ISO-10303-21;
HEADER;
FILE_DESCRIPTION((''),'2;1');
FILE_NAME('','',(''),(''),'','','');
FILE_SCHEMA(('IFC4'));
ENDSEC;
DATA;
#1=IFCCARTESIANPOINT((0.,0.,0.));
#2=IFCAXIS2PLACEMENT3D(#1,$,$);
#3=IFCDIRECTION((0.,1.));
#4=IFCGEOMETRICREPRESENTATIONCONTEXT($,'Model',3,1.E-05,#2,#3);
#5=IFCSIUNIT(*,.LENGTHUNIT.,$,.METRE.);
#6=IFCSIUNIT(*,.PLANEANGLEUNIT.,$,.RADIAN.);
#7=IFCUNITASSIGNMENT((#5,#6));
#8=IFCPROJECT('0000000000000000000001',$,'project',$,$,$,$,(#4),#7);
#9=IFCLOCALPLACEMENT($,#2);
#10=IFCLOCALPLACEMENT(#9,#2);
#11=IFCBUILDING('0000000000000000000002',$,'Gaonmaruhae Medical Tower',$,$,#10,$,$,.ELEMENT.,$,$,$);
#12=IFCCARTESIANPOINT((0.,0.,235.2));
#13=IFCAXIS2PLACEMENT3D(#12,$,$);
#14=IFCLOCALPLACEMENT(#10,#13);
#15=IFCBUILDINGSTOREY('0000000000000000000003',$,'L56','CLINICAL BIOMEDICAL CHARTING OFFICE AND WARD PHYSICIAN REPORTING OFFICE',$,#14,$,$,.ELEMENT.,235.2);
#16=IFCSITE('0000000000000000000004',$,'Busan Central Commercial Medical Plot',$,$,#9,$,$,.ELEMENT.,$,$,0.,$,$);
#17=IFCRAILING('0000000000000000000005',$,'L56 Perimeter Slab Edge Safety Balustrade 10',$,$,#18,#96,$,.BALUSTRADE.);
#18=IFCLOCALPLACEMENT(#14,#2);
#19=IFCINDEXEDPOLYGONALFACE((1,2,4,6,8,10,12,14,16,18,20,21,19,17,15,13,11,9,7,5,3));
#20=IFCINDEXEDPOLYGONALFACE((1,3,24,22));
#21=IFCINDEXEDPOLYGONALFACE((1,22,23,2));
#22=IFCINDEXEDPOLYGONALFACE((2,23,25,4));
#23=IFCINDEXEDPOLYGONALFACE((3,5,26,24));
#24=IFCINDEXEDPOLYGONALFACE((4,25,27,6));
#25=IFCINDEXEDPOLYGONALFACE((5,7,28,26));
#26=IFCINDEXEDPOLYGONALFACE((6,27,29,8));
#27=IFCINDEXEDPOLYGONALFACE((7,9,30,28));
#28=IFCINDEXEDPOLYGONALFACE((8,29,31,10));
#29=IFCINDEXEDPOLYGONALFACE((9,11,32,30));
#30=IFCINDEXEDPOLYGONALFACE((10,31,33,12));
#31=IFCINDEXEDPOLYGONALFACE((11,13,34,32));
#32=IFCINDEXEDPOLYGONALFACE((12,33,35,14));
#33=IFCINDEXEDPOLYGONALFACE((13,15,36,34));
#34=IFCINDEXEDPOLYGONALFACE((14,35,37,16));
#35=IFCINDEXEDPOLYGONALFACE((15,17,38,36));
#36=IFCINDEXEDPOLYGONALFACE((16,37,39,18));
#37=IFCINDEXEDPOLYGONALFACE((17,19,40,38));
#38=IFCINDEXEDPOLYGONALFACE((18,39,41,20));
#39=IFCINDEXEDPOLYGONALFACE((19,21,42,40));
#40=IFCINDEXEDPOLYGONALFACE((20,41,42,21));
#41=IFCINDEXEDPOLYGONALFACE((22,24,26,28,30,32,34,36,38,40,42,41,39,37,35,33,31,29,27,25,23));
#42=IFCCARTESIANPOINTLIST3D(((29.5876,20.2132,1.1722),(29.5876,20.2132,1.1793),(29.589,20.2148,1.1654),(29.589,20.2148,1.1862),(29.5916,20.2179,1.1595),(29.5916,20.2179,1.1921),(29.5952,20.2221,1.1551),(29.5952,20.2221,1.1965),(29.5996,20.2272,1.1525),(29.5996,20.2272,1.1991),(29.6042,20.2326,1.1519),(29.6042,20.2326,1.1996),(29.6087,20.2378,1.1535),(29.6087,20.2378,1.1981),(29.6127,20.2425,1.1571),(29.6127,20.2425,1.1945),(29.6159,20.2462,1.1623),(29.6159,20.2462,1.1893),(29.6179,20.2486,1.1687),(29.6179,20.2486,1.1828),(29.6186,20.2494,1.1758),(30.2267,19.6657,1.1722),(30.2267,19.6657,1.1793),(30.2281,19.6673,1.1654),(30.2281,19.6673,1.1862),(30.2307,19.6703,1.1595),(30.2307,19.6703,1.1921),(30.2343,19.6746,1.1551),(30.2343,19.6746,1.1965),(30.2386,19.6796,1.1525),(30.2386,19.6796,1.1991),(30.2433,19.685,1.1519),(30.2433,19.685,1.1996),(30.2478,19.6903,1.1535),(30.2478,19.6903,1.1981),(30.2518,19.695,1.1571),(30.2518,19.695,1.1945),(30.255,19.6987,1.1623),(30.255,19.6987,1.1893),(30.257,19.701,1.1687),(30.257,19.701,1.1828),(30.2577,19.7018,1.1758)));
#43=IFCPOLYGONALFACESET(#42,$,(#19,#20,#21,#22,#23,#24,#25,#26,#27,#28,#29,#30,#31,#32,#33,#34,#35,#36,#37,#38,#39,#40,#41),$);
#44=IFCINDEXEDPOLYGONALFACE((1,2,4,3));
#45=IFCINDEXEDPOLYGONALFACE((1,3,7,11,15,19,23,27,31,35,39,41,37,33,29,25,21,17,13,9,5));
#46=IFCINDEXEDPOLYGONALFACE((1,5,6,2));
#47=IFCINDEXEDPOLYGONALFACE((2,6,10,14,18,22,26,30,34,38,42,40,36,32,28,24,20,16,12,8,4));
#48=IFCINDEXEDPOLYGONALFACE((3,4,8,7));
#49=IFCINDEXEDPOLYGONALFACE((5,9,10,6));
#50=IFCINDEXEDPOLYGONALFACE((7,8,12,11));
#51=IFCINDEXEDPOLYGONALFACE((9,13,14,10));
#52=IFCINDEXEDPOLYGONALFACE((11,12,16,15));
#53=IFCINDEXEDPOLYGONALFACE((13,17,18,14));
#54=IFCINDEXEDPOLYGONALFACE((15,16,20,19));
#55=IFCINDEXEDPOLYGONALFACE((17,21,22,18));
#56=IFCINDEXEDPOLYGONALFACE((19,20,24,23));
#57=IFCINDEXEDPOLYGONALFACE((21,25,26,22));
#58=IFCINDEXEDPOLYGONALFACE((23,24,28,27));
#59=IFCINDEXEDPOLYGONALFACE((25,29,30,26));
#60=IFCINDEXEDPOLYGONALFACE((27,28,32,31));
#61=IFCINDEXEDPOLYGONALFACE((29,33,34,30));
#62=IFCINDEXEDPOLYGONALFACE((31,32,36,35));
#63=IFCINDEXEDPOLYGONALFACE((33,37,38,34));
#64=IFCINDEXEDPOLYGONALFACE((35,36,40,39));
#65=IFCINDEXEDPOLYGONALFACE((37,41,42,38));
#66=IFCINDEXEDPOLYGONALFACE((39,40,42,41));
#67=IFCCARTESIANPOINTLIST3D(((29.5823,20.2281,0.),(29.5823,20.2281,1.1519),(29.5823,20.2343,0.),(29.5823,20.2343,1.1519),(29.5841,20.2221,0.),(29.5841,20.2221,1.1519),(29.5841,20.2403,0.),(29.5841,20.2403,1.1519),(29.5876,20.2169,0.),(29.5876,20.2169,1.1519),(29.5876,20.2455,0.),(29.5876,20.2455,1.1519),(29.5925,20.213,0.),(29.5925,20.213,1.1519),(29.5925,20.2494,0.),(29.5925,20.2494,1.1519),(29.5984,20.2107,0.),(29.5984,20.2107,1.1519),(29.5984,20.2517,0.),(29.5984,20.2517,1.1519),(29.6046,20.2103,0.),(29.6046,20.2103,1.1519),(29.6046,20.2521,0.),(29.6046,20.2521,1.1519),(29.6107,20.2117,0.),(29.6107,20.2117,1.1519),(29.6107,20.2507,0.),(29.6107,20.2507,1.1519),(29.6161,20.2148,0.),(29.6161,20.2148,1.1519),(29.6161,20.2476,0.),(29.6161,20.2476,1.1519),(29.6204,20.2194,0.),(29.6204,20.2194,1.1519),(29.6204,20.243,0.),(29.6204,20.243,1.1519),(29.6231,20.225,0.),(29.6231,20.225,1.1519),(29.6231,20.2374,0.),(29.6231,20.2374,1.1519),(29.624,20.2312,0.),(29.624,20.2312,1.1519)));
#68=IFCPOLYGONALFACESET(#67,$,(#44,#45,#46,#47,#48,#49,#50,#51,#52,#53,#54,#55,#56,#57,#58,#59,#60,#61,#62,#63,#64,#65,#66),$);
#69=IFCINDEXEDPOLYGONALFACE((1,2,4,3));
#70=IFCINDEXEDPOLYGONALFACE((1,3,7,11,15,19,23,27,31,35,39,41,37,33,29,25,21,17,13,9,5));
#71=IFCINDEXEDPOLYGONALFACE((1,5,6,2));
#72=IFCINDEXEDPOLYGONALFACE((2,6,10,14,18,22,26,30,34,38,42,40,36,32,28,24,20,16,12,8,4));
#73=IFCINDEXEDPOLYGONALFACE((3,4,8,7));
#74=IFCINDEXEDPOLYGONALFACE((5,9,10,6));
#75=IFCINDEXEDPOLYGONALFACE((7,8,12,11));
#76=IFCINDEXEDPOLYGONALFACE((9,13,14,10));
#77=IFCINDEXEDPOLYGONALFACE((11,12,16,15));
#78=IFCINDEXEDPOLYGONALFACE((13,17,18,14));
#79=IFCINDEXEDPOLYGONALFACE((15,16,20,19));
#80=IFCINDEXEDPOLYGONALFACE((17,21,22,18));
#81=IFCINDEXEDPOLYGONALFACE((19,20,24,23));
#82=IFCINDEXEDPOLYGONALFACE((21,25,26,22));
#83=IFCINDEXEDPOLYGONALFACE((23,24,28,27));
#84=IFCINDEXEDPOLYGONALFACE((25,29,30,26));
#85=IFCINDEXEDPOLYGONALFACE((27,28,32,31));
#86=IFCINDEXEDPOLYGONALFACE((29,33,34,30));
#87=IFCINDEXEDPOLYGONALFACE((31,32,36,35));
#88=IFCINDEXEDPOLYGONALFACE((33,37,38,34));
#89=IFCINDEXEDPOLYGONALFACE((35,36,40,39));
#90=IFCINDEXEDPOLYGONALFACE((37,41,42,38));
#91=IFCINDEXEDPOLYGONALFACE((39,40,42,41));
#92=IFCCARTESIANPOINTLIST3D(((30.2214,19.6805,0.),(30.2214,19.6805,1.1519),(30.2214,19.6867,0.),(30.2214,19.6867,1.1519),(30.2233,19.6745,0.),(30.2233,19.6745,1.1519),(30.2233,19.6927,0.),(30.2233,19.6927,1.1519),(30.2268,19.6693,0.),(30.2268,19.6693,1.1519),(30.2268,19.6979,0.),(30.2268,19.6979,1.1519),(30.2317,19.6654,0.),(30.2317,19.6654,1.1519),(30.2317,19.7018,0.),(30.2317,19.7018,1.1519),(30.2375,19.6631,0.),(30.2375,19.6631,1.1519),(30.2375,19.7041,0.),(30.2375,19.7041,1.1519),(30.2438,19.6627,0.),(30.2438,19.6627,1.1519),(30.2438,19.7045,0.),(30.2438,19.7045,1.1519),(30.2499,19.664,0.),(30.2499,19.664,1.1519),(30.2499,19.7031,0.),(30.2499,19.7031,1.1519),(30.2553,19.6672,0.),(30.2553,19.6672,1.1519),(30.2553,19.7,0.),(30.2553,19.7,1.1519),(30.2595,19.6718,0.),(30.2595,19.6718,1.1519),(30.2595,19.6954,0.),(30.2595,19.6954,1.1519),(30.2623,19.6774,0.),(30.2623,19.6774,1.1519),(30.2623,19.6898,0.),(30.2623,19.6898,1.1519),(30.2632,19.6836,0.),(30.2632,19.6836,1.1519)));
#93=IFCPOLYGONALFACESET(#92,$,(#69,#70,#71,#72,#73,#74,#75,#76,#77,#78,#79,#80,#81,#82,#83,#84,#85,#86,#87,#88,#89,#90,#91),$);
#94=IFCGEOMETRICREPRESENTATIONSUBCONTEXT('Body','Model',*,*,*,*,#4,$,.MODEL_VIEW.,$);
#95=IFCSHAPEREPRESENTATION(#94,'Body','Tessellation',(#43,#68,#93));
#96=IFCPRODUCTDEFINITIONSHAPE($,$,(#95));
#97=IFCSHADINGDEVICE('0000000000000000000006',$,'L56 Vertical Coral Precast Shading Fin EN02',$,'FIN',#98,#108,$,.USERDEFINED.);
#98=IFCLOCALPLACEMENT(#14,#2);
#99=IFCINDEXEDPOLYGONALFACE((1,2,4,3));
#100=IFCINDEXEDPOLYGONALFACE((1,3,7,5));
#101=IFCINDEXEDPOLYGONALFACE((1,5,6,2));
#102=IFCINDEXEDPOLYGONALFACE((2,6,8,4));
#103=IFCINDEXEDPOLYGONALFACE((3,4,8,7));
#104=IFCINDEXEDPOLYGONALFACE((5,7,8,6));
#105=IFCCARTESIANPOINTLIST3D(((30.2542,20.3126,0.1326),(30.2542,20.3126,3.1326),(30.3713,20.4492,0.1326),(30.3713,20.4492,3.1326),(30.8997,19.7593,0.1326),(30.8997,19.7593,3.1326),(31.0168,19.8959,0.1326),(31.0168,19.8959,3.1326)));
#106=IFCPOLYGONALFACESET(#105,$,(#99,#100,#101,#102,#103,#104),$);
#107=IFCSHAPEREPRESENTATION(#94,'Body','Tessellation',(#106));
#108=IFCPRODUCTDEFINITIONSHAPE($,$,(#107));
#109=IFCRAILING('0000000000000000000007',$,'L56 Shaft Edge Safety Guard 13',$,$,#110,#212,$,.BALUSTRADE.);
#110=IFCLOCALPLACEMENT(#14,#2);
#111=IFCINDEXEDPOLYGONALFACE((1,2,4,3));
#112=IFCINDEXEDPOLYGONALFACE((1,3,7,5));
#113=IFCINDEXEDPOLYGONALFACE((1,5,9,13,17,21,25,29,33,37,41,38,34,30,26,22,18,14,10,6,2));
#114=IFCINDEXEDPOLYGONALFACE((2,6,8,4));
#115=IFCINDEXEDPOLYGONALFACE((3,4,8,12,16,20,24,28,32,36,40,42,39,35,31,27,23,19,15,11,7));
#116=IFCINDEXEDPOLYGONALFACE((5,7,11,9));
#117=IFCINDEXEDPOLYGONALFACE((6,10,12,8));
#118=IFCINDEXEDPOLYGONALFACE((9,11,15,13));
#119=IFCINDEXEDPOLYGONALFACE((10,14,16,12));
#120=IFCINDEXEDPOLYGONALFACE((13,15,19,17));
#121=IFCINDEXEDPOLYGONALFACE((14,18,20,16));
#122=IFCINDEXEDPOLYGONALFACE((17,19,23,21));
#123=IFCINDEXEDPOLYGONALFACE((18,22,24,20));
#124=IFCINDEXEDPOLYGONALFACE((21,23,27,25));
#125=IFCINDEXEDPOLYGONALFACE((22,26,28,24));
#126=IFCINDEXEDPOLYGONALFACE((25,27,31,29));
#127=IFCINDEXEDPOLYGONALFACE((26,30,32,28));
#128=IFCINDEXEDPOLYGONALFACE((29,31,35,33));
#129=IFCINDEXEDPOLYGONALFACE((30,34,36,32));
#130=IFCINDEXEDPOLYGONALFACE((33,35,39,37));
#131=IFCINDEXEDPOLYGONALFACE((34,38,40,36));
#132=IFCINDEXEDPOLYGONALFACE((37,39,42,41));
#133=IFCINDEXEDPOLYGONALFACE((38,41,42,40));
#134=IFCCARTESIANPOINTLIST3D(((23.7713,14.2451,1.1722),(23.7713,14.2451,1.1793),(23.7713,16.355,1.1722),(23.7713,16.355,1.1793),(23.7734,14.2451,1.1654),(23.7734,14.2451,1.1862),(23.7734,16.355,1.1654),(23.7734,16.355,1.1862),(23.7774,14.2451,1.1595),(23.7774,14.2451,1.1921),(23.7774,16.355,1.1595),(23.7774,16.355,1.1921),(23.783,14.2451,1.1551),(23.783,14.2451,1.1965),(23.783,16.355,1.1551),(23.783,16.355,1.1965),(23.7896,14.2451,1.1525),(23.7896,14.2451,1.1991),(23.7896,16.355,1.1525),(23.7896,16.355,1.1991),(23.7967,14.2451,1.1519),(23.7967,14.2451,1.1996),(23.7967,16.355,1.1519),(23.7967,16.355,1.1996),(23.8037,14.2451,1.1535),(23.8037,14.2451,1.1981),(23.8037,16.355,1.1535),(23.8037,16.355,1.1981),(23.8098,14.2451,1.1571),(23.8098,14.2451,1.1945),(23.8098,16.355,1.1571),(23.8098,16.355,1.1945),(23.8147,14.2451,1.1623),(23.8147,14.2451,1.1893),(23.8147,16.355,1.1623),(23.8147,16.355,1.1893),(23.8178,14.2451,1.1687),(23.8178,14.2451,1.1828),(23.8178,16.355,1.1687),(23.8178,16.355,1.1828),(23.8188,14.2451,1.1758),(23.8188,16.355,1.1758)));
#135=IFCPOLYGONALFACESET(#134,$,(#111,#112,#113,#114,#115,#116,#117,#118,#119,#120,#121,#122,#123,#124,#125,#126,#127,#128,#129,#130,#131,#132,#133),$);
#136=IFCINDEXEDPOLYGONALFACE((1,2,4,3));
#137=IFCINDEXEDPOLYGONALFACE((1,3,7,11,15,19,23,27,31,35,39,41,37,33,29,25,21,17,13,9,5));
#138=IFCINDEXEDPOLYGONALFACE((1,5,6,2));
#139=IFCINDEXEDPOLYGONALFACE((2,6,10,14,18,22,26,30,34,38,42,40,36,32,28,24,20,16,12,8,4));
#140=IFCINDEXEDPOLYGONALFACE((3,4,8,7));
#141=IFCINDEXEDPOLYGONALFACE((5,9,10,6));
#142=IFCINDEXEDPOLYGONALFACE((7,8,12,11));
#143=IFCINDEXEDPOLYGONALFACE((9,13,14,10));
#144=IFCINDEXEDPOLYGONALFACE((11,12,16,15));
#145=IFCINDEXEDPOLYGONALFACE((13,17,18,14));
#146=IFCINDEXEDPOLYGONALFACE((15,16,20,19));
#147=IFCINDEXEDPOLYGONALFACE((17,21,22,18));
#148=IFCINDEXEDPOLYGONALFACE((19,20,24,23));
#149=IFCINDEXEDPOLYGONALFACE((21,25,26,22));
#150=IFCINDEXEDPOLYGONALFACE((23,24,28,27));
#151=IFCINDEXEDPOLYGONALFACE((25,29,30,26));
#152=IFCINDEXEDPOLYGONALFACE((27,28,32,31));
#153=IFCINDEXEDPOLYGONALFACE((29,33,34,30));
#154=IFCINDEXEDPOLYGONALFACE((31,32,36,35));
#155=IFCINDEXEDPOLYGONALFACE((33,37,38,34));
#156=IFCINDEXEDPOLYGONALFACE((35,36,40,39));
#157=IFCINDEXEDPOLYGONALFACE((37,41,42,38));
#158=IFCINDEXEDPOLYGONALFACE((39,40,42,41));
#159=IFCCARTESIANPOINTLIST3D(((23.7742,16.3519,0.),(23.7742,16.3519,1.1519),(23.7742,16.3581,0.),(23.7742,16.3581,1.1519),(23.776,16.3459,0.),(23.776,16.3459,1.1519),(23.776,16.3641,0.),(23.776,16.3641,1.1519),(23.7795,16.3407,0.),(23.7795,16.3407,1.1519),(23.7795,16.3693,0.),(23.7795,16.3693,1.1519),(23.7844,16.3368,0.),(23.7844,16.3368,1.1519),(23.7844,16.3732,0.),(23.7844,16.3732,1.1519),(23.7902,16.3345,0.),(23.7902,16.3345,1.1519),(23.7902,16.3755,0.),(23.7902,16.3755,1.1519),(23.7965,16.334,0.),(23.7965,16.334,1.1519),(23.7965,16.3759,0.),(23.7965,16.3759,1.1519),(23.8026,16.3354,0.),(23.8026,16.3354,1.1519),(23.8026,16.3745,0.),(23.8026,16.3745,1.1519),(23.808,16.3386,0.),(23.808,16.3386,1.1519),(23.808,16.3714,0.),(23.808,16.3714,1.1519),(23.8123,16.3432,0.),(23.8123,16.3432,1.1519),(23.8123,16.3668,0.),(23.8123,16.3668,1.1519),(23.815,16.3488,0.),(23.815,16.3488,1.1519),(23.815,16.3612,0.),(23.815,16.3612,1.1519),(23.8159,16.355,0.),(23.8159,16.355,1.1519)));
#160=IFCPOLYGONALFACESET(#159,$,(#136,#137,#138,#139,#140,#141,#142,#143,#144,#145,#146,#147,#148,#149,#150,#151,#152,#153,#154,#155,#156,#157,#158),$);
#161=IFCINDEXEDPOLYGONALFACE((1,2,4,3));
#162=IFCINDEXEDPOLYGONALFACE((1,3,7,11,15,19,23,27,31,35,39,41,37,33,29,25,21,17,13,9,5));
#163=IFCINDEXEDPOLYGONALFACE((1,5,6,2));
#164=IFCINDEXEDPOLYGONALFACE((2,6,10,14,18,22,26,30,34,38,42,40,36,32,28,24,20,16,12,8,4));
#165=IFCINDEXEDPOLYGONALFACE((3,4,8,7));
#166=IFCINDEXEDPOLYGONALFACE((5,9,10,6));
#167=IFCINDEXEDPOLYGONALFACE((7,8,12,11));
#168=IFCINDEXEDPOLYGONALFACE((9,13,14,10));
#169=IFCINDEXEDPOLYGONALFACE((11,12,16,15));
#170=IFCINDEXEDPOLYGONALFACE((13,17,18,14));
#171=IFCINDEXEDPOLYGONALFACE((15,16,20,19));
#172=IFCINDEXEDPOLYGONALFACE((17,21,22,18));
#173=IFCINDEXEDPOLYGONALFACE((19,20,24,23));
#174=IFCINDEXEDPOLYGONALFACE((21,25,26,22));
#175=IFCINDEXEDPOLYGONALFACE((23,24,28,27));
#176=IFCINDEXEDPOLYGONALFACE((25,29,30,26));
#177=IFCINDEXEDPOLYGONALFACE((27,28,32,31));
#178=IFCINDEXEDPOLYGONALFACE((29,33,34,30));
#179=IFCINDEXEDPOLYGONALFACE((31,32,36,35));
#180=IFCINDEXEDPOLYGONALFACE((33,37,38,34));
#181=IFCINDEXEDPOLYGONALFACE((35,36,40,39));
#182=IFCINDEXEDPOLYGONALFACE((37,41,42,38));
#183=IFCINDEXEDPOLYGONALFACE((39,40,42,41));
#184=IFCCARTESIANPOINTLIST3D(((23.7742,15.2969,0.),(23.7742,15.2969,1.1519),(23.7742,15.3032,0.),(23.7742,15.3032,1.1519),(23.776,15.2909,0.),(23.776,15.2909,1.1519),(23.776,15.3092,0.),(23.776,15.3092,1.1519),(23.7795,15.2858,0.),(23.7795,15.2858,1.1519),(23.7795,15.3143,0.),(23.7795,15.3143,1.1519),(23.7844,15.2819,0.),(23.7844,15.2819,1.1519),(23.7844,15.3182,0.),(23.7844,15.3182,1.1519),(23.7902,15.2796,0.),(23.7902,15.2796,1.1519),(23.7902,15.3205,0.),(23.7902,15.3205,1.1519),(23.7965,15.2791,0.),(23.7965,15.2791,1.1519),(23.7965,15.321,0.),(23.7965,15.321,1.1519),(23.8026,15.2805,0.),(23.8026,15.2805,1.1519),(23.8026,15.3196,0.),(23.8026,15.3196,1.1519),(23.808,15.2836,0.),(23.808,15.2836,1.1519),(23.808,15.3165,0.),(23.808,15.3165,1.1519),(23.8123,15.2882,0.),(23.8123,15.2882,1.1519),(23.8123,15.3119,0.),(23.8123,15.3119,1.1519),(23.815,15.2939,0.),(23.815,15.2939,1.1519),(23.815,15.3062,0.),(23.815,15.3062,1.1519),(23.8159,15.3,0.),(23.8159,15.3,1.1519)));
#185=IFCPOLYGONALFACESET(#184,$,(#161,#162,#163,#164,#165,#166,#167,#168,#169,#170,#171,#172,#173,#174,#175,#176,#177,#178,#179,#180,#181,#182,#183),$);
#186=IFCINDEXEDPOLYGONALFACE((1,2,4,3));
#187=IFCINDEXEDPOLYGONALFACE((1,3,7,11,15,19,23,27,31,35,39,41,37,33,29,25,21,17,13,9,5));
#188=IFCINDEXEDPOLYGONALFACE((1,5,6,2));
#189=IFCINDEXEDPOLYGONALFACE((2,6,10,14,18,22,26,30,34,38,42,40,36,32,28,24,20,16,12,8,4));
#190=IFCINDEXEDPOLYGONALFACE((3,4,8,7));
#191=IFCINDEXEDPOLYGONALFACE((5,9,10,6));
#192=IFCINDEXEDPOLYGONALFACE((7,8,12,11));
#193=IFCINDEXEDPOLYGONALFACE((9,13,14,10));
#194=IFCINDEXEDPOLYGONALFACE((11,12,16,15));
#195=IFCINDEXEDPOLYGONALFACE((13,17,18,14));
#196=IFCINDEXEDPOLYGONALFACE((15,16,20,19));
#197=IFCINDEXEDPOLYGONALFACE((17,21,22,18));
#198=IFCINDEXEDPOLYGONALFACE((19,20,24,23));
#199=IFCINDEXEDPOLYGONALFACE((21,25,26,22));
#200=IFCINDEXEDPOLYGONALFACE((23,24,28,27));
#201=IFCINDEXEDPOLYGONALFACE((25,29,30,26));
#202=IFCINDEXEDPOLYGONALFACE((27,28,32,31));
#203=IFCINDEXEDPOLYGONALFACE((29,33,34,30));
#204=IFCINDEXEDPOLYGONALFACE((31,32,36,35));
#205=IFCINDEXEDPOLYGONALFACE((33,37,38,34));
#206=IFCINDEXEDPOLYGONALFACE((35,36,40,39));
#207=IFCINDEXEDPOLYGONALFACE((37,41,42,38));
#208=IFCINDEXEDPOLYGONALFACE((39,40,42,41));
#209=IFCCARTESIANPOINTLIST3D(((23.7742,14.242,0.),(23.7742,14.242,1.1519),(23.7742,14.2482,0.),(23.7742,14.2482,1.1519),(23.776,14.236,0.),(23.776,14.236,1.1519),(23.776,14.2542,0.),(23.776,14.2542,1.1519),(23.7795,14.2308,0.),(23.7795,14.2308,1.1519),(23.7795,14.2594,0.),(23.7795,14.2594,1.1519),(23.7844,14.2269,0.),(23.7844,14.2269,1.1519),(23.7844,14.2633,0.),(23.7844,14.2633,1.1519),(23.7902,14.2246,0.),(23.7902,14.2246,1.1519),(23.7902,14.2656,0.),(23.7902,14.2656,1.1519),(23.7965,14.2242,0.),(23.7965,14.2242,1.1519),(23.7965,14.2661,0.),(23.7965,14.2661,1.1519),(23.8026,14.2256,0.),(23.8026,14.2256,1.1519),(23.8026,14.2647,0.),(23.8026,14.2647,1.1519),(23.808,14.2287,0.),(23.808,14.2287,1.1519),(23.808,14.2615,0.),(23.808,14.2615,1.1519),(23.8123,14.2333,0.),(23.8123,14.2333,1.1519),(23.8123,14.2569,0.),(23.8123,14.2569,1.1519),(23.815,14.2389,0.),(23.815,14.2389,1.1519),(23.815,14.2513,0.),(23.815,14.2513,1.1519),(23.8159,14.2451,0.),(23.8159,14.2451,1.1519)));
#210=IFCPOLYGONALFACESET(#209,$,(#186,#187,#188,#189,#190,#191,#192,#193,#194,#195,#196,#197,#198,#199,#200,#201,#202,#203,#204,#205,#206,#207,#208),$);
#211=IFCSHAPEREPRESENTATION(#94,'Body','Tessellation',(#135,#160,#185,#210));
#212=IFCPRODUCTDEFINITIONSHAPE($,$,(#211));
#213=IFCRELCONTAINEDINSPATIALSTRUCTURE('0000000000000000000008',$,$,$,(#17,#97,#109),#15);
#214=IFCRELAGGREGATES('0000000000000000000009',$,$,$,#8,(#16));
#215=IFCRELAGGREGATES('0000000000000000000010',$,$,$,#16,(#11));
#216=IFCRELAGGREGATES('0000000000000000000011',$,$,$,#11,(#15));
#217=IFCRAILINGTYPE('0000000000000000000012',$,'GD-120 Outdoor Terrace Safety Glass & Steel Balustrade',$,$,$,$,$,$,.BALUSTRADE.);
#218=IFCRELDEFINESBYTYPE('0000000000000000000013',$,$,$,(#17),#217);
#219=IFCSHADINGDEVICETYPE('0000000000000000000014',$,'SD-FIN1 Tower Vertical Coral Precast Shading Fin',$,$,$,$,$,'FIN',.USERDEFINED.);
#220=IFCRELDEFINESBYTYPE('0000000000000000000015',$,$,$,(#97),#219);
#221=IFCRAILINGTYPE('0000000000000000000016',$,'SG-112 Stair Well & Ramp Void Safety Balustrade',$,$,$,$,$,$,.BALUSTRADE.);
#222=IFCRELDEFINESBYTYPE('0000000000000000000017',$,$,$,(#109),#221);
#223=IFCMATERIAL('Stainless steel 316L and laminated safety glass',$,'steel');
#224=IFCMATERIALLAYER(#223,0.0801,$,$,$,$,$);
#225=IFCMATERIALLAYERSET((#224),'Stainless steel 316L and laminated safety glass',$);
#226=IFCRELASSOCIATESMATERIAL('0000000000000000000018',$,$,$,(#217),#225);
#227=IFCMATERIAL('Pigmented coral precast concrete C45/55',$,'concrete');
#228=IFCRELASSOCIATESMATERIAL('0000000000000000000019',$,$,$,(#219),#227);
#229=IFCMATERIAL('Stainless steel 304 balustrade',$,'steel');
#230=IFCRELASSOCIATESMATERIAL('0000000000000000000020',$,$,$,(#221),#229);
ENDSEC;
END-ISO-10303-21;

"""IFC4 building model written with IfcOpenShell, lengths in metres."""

from ifc_helpers import new_model, si_unit, direction, frame, origin, origin_2d, place, context, subcontext, project, spatial, rectangle, circle, extrude, material, layer, layer_set, type_object, element, save


model = new_model("IFC4")

# Units and contexts
model_context = context("Model", 3, precision=1e-05, world=origin(), true_north=direction((0.0, 1.0)))
body_context = subcontext(model_context, "Body", "Model", "MODEL_VIEW")
ifc_project = project(units=[si_unit("LENGTHUNIT", "METRE"), si_unit("PLANEANGLEUNIT", "RADIAN")], contexts=[model_context])

# Site, building, storey
site_placement = place(None, origin())
site = spatial("IfcSite", under=ifc_project, at=site_placement, Name="Busan Central Commercial Medical Plot", CompositionType="ELEMENT", RefElevation=0.0)
building_placement = place(site_placement, origin())
building = spatial("IfcBuilding", under=site, at=building_placement, Name="Gaonmaruhae Medical Tower", CompositionType="ELEMENT")
storey_placement = place(building_placement, frame((0.0, 0.0, 235.2)))
storey = spatial("IfcBuildingStorey", under=building, at=storey_placement, Name="L56", Description="CLINICAL BIOMEDICAL CHARTING OFFICE AND WARD PHYSICIAN REPORTING OFFICE", CompositionType="ELEMENT", Elevation=235.2)

# Railing
ifc_material_1 = material(Name="Stainless steel 316L and laminated safety glass", Category="steel")
ifc_layer_1 = layer(ifc_material_1, 0.0801)
ifc_layer_set_1 = layer_set([ifc_layer_1], Name="Stainless steel 316L and laminated safety glass")
railing_type_1 = type_object("IfcRailingType", Name="GD-120 Outdoor Terrace Safety Glass & Steel Balustrade", PredefinedType="BALUSTRADE", material=ifc_layer_set_1)
railing_1_placement = place(storey_placement, frame((29.603, 20.2312, 0.0)))
element("IfcRailing", 1, at=railing_1_placement, inside=storey, type_object=railing_type_1, Name="L56 Perimeter Slab Edge Safety Balustrade 10", PredefinedType="BALUSTRADE", context=body_context, shape_type="SweptSolid", body=[
    extrude(circle(Radius=0.0239, at=origin_2d()), frame((0.0, 0.0, 1.1758), z_axis=(0.7594, -0.650624, 0.0), x_axis=(0.650624, 0.7594, 0.0)), (0.0, 0.0, 1.0), 0.8416),
    extrude(circle(Radius=0.021, at=origin_2d()), origin(), (0.0, 0.0, 1.0), 1.1519),
    extrude(circle(Radius=0.021, at=origin_2d()), frame((0.6392, -0.5476, 0.0)), (0.0, 0.0, 1.0), 1.1519),
])

# Shading device
ifc_material_2 = material(Name="Pigmented coral precast concrete C45/55", Category="concrete")
shading_device_type = type_object("IfcShadingDeviceType", Name="SD-FIN1 Tower Vertical Coral Precast Shading Fin", ElementType="FIN", PredefinedType="USERDEFINED", material=ifc_material_2)
shading_device_placement = place(storey_placement, frame((30.6355, 20.1042, 0.1326), z_axis=(0.0, 0.0, 1.0), x_axis=(0.650774, 0.759271, 0.0)))
element("IfcShadingDevice", 2, at=shading_device_placement, inside=storey, type_object=shading_device_type, Name="L56 Vertical Coral Precast Shading Fin EN02", ObjectType="FIN", PredefinedType="USERDEFINED", context=body_context, shape_type="SweptSolid", body=[
    extrude(rectangle(XDim=0.1799, YDim=0.8501, at=origin_2d()), origin(), (0.0, 0.0, 1.0), 3.0),
])

# Railing
ifc_material_3 = material(Name="Stainless steel 304 balustrade", Category="steel")
railing_type_2 = type_object("IfcRailingType", Name="SG-112 Stair Well & Ramp Void Safety Balustrade", PredefinedType="BALUSTRADE", material=ifc_material_3)
railing_2_placement = place(storey_placement, frame((23.7949, 16.355, 0.0)))
element("IfcRailing", 3, at=railing_2_placement, inside=storey, type_object=railing_type_2, Name="L56 Shaft Edge Safety Guard 13", PredefinedType="BALUSTRADE", context=body_context, shape_type="SweptSolid", body=[
    extrude(circle(Radius=0.0239, at=origin_2d()), frame((0.0, 0.0, 1.1758), z_axis=(0.0, -1.0, 0.0), x_axis=(1.0, 0.0, 0.0)), (0.0, 0.0, 1.0), 2.1099),
    extrude(circle(Radius=0.021, at=origin_2d()), origin(), (0.0, 0.0, 1.0), 1.1519),
    extrude(circle(Radius=0.021, at=origin_2d()), frame((0.0, -1.0549, 0.0)), (0.0, 0.0, 1.0), 1.1519),
    extrude(circle(Radius=0.021, at=origin_2d()), frame((0.0, -2.1099, 0.0)), (0.0, 0.0, 1.0), 1.1519),
])

save(model, "model.ifc")
